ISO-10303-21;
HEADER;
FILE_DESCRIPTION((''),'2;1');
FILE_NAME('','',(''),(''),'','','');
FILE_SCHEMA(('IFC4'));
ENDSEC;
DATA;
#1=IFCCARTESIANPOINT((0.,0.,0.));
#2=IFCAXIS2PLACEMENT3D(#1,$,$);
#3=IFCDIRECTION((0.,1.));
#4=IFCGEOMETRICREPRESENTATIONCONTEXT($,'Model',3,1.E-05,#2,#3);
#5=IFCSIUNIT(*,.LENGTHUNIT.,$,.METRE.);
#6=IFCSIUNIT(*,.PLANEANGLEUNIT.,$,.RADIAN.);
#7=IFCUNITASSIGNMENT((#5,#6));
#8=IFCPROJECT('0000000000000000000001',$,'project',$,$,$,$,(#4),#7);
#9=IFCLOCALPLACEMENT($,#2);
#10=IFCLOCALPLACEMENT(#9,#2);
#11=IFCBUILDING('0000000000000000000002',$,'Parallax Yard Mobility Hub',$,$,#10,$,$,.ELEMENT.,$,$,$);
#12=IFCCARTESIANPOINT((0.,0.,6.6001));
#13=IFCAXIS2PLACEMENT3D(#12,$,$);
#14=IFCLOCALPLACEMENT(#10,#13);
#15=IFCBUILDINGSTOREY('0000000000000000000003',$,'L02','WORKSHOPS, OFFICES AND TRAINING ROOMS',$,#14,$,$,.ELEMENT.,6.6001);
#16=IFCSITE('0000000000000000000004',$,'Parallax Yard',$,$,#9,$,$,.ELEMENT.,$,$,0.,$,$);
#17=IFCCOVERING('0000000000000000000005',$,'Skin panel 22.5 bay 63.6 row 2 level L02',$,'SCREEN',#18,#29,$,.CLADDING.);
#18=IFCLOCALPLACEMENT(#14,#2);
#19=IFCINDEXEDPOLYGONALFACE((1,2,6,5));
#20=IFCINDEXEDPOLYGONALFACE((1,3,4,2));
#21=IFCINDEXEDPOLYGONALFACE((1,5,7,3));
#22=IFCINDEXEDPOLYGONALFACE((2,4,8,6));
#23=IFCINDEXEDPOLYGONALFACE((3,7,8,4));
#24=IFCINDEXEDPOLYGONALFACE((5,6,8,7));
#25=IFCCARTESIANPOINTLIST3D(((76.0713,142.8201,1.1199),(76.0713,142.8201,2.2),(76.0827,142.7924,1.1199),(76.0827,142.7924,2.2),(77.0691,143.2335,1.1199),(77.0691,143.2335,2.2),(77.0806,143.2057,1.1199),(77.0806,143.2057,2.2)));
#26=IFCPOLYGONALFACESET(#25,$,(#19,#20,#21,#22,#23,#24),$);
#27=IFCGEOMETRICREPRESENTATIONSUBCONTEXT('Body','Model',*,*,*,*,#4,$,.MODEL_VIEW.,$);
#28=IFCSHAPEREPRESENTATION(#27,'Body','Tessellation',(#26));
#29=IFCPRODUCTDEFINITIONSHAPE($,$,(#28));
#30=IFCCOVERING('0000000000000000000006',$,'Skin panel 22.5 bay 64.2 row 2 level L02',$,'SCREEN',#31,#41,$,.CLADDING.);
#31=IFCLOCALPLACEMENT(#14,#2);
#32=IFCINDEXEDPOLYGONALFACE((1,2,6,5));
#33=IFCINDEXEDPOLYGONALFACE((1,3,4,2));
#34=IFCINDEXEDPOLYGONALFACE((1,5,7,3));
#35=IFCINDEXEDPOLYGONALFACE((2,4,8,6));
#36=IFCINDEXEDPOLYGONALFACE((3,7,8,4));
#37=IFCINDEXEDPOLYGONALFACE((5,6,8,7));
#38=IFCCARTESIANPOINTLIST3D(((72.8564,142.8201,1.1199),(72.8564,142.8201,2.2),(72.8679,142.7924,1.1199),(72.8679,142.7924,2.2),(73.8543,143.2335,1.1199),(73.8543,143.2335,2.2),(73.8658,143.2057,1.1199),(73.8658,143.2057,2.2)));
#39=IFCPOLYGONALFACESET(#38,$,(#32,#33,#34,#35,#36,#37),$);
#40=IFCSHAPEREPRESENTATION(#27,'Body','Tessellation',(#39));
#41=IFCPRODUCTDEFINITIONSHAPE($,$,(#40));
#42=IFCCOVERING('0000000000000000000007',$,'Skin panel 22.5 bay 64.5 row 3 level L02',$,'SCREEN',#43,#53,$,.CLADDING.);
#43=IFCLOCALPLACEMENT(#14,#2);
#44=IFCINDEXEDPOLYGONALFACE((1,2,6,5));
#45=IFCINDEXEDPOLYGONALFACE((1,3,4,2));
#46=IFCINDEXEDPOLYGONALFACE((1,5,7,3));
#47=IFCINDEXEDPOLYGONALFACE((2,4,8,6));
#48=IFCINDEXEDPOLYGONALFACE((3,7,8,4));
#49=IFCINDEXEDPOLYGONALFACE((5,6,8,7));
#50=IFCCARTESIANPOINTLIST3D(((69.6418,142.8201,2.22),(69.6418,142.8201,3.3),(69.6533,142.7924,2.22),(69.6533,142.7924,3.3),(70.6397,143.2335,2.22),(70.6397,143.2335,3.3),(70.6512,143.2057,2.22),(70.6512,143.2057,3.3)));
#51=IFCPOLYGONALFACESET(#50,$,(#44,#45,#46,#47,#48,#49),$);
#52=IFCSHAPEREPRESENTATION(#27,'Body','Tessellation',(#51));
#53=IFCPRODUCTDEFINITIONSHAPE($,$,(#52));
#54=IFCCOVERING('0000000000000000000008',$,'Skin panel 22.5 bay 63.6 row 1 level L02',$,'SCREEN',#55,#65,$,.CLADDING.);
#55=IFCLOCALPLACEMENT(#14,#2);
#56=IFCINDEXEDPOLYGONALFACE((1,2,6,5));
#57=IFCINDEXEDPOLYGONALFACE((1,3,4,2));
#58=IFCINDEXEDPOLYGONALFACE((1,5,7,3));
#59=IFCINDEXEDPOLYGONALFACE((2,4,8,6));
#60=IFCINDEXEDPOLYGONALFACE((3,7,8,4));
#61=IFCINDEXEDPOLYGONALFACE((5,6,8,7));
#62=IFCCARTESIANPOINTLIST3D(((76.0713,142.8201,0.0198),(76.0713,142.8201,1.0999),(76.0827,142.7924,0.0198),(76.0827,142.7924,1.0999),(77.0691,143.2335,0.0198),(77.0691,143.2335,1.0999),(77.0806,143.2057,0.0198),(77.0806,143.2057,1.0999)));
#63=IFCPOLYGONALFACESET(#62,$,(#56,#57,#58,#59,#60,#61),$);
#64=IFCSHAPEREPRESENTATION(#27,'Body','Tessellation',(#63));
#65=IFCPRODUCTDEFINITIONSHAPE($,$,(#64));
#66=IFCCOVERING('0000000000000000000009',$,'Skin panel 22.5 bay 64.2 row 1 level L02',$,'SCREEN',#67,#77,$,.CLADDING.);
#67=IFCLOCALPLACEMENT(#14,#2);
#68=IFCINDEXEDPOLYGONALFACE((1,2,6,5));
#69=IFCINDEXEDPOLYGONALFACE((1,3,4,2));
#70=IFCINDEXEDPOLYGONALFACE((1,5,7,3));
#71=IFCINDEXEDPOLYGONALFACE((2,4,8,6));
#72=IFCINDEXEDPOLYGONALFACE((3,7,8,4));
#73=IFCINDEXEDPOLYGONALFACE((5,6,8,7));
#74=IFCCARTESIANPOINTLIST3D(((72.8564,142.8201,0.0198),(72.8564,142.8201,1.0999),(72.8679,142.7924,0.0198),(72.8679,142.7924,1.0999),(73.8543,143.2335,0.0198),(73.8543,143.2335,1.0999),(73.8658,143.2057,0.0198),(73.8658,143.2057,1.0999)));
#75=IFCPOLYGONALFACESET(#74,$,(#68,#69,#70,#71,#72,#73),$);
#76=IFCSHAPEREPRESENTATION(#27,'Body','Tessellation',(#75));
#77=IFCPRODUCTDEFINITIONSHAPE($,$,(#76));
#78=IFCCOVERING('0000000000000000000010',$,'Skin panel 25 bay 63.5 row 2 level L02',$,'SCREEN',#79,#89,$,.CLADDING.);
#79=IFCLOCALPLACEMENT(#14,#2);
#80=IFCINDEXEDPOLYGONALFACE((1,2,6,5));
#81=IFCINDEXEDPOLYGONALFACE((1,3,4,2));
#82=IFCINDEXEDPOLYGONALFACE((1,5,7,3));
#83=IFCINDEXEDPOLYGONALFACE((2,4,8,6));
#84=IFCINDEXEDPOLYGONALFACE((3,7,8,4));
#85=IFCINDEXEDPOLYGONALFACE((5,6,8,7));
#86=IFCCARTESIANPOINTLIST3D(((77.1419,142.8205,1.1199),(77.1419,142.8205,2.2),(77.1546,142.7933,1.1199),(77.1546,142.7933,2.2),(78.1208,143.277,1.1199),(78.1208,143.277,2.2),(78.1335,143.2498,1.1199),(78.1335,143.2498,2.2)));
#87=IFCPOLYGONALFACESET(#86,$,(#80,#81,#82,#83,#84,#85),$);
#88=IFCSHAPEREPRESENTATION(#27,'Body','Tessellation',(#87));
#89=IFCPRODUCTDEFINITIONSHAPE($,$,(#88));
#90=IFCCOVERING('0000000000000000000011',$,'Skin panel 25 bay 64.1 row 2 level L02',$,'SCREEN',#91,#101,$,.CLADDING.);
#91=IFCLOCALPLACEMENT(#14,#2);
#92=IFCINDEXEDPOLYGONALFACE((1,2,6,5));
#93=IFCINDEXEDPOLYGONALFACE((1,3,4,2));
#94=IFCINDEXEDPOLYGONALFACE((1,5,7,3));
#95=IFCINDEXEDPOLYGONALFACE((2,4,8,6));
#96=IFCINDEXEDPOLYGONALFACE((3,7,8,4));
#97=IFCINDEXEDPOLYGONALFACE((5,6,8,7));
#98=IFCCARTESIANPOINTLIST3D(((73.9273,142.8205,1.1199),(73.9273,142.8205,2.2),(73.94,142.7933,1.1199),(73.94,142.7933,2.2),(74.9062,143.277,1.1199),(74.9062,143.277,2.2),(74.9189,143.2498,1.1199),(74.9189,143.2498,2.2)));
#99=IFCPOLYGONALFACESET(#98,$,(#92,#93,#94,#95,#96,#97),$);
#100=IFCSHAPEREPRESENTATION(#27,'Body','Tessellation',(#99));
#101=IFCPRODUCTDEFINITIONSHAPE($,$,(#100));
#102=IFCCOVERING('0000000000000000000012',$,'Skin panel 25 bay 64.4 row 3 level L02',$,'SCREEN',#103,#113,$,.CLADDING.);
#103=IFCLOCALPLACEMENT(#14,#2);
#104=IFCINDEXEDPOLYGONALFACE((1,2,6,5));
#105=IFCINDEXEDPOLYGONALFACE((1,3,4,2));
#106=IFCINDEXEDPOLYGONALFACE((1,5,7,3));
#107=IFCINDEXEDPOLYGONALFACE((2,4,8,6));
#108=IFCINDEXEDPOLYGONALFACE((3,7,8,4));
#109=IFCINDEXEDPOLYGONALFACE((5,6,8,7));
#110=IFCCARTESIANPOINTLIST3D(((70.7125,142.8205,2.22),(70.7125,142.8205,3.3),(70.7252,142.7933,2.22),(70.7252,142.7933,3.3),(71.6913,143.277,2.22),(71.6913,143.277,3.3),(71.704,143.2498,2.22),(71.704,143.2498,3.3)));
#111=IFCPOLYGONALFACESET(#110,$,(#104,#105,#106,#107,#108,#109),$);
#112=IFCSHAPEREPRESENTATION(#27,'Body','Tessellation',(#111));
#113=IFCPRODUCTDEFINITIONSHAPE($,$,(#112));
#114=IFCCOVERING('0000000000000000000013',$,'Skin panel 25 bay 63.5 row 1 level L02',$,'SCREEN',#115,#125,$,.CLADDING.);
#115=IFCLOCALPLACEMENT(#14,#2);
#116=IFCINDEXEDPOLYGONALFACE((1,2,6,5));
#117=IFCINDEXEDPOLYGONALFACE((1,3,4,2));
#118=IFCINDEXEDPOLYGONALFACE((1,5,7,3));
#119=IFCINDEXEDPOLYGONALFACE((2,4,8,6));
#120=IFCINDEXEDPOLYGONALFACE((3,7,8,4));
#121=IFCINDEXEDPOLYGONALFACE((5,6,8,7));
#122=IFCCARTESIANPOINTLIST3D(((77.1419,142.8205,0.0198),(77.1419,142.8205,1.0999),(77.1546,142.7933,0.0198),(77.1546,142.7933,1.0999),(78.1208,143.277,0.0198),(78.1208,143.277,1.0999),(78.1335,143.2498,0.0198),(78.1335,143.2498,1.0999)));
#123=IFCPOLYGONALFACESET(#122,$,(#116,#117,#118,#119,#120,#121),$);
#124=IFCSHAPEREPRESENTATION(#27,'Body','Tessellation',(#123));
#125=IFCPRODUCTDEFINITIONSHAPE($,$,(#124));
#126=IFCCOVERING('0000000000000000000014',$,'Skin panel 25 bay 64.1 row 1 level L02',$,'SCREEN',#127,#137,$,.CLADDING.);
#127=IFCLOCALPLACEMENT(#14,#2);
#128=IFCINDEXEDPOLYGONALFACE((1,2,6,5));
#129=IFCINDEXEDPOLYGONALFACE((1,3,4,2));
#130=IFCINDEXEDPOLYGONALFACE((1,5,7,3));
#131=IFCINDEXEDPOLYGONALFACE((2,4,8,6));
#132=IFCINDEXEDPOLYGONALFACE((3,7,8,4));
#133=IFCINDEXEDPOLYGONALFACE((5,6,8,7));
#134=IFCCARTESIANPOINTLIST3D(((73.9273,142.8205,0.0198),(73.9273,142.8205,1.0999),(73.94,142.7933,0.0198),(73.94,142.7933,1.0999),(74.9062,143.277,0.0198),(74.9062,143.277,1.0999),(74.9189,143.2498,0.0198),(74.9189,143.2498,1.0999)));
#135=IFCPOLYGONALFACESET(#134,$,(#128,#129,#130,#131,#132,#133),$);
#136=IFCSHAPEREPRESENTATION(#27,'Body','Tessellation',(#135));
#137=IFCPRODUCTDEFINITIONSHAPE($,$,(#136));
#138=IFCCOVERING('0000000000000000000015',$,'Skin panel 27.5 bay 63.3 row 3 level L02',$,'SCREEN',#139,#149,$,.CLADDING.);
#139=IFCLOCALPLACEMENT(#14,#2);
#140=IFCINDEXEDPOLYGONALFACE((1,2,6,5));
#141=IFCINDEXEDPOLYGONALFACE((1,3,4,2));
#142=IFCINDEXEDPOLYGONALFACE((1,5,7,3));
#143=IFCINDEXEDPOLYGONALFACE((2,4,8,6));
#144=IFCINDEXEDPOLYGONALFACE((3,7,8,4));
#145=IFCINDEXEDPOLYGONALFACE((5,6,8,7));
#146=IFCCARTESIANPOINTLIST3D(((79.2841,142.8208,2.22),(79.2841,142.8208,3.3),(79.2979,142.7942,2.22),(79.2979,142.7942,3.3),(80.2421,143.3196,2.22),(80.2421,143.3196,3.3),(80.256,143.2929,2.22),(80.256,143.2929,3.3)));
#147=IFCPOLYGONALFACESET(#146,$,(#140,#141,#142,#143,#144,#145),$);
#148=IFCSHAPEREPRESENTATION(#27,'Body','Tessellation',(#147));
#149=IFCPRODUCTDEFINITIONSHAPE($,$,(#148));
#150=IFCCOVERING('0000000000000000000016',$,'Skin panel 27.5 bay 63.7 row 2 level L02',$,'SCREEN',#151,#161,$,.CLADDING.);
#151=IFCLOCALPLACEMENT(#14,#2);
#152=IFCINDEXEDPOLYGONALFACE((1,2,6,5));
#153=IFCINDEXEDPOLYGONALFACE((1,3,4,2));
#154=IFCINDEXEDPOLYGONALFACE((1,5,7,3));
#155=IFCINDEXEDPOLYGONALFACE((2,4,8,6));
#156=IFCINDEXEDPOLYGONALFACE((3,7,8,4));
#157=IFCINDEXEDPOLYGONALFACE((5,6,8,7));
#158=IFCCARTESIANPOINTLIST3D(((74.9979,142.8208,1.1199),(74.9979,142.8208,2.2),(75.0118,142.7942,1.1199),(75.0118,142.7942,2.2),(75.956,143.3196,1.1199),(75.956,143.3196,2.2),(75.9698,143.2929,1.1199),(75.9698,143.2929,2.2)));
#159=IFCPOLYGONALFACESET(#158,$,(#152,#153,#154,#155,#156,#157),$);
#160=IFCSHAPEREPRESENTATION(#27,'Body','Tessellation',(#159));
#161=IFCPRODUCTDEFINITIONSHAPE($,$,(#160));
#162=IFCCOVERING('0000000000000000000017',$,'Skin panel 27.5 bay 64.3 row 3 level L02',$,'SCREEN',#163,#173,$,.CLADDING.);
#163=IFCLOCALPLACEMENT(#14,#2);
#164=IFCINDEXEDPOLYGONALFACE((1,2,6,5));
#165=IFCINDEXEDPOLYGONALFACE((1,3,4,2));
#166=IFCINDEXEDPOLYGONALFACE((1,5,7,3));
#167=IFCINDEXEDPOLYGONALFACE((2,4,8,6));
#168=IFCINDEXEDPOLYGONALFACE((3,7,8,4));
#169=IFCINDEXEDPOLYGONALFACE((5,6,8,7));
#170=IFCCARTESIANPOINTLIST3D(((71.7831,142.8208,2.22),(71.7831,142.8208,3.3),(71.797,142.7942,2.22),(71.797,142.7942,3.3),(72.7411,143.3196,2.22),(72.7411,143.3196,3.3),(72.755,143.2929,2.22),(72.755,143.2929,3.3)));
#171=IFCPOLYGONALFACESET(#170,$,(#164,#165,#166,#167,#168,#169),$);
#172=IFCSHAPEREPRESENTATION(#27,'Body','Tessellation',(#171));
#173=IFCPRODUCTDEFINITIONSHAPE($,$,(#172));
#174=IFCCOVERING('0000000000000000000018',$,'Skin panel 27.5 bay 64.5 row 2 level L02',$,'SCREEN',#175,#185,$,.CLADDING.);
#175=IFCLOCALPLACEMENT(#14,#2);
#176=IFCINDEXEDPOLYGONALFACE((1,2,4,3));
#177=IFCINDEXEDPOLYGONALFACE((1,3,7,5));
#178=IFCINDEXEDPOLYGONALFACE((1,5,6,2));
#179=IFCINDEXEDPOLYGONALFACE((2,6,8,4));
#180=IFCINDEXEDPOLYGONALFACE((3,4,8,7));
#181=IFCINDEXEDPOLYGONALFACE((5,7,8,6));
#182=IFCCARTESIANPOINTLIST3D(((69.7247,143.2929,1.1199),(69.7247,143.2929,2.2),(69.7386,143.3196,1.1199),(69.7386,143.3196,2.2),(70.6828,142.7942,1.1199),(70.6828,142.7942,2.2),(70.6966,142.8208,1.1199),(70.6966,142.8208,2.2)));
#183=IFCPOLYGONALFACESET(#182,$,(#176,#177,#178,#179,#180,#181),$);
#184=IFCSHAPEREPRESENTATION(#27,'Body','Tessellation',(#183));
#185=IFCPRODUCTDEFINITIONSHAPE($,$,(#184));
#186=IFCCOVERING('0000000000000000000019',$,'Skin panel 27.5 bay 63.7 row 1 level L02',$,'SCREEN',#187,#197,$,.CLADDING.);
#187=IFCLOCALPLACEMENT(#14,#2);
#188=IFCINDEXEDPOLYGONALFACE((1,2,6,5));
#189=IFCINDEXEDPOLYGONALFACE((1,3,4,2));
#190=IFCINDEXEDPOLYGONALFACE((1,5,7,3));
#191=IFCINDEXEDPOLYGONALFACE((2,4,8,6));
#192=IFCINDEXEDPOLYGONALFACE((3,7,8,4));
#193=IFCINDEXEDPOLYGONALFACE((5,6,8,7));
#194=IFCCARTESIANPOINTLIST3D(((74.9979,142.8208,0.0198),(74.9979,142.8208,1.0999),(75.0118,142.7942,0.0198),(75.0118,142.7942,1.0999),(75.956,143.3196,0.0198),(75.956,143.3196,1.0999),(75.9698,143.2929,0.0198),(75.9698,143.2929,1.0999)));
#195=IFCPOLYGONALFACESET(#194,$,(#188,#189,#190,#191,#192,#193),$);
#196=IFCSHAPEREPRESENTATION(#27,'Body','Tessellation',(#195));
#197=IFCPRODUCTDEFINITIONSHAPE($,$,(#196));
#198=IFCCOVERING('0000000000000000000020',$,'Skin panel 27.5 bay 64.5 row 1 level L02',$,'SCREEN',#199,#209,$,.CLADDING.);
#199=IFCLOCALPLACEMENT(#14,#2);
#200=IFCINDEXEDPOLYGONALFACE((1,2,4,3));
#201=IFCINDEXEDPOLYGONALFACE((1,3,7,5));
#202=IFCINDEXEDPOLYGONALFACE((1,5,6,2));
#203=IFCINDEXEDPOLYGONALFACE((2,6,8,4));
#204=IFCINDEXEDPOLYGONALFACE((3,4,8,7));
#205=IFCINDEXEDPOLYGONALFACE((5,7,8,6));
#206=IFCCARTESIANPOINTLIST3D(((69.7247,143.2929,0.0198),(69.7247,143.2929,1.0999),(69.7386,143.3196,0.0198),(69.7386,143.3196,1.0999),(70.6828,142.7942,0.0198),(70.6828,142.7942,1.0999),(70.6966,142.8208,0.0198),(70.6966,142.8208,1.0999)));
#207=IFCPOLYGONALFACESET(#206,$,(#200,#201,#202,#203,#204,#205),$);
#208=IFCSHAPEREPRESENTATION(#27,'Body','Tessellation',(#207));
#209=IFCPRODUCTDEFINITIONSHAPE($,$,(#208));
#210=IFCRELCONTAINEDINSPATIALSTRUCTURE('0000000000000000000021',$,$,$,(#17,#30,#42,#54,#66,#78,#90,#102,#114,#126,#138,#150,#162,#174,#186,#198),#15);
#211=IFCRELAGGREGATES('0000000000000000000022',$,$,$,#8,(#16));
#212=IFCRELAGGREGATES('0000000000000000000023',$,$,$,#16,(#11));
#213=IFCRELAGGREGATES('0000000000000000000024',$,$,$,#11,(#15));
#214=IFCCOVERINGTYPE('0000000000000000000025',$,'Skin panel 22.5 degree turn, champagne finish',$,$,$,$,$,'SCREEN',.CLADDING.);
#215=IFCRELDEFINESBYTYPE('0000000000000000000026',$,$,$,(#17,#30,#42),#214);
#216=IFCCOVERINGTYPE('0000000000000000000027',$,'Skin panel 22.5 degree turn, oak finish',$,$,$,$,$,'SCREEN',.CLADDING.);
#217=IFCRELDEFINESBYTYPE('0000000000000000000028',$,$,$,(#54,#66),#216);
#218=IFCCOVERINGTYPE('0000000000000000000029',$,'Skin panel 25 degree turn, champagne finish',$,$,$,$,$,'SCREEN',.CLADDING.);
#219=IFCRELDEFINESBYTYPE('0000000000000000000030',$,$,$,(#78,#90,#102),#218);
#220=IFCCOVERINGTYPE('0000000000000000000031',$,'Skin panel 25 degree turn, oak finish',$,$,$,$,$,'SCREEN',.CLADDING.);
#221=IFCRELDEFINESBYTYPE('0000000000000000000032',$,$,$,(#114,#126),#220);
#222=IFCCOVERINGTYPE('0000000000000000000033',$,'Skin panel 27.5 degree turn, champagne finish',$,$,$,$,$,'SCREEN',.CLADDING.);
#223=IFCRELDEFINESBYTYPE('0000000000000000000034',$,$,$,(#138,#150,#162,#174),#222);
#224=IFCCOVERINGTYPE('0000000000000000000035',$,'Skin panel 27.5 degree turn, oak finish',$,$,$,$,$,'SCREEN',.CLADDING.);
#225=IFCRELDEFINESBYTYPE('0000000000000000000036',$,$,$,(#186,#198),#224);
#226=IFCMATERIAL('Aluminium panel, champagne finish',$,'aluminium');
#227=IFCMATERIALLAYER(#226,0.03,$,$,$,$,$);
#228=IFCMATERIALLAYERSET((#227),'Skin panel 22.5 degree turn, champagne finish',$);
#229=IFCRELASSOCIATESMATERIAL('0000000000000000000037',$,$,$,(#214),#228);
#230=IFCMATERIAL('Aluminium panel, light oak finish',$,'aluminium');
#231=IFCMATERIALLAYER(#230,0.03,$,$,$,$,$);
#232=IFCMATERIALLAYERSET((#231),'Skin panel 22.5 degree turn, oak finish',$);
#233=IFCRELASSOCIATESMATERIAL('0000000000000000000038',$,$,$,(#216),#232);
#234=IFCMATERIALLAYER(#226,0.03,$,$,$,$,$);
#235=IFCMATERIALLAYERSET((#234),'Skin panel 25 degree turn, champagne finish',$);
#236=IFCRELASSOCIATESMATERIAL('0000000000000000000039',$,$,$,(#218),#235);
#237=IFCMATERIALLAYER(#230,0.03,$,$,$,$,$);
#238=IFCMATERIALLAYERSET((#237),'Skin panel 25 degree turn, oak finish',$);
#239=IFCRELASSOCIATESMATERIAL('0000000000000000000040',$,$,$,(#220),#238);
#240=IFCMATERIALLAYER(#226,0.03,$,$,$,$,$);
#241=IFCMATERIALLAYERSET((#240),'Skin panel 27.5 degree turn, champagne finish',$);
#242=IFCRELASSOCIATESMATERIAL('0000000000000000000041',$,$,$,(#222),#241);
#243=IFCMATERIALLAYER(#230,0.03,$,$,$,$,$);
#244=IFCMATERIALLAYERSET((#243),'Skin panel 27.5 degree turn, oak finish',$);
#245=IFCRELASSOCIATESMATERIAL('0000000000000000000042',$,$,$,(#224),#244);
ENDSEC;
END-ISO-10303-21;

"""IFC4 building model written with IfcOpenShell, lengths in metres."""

from ifc_helpers import new_model, si_unit, direction, frame, origin, origin_2d, place, context, subcontext, project, spatial, rectangle, extrude, material, layer, layer_set, type_object, element, save


model = new_model("IFC4")

# Units and contexts
model_context = context("Model", 3, precision=1e-05, world=origin(), true_north=direction((0.0, 1.0)))
body_context = subcontext(model_context, "Body", "Model", "MODEL_VIEW")
ifc_project = project(units=[si_unit("LENGTHUNIT", "METRE"), si_unit("PLANEANGLEUNIT", "RADIAN")], contexts=[model_context])

# Site, building, storey
site_placement = place(None, origin())
site = spatial("IfcSite", under=ifc_project, at=site_placement, Name="Parallax Yard", CompositionType="ELEMENT", RefElevation=0.0)
building_placement = place(site_placement, origin())
building = spatial("IfcBuilding", under=site, at=building_placement, Name="Parallax Yard Mobility Hub", CompositionType="ELEMENT")
storey_placement = place(building_placement, frame((0.0, 0.0, 6.6001)))
storey = spatial("IfcBuildingStorey", under=building, at=storey_placement, Name="L02", Description="WORKSHOPS, OFFICES AND TRAINING ROOMS", CompositionType="ELEMENT", Elevation=6.6001)

# Coverings
ifc_material_1 = material(Name="Aluminium panel, champagne finish", Category="aluminium")
ifc_layer_1 = layer(ifc_material_1, 0.03)
ifc_layer_set_1 = layer_set([ifc_layer_1], Name="Skin panel 22.5 degree turn, champagne finish")
covering_type_1 = type_object("IfcCoveringType", Name="Skin panel 22.5 degree turn, champagne finish", ElementType="SCREEN", PredefinedType="CLADDING", material=ifc_layer_set_1)
for number, where, z_axis, x_axis, name in (
    (1, (76.5759, 143.0129, 1.1199), (0.0, 0.0, 1.0), (0.92388, 0.382683, 0.0), "Skin panel 22.5 bay 63.6 row 2 level L02"),
    (2, (73.3611, 143.0129, 1.1199), (0.0, 0.0, 1.0), (0.92388, 0.382683, 0.0), "Skin panel 22.5 bay 64.2 row 2 level L02"),
    (3, (70.1465, 143.0129, 2.22), (0.0, 0.0, 1.0), (0.92388, 0.382683, 0.0), "Skin panel 22.5 bay 64.5 row 3 level L02"),
):
    element("IfcCovering", number, at=place(storey_placement, frame(where, z_axis=z_axis, x_axis=x_axis)), inside=storey, type_object=covering_type_1, Name=name, ObjectType="SCREEN", PredefinedType="CLADDING", context=body_context, shape_type="SweptSolid", body=[
        extrude(rectangle(XDim=1.0801, YDim=0.03, at=origin_2d()), origin(), (0.0, 0.0, 1.0), 1.0801),
    ])
ifc_material_2 = material(Name="Aluminium panel, light oak finish", Category="aluminium")
ifc_layer_2 = layer(ifc_material_2, 0.03)
ifc_layer_set_2 = layer_set([ifc_layer_2], Name="Skin panel 22.5 degree turn, oak finish")
covering_type_2 = type_object("IfcCoveringType", Name="Skin panel 22.5 degree turn, oak finish", ElementType="SCREEN", PredefinedType="CLADDING", material=ifc_layer_set_2)
for number, where, z_axis, x_axis, name in (
    (4, (76.5759, 143.0129, 0.0198), (0.0, 0.0, 1.0), (0.92388, 0.382683, 0.0), "Skin panel 22.5 bay 63.6 row 1 level L02"),
    (5, (73.3611, 143.0129, 0.0198), (0.0, 0.0, 1.0), (0.92388, 0.382683, 0.0), "Skin panel 22.5 bay 64.2 row 1 level L02"),
):
    element("IfcCovering", number, at=place(storey_placement, frame(where, z_axis=z_axis, x_axis=x_axis)), inside=storey, type_object=covering_type_2, Name=name, ObjectType="SCREEN", PredefinedType="CLADDING", context=body_context, shape_type="SweptSolid", body=[
        extrude(rectangle(XDim=1.0801, YDim=0.03, at=origin_2d()), origin(), (0.0, 0.0, 1.0), 1.0801),
    ])
ifc_layer_3 = layer(ifc_material_1, 0.03)
ifc_layer_set_3 = layer_set([ifc_layer_3], Name="Skin panel 25 degree turn, champagne finish")
covering_type_3 = type_object("IfcCoveringType", Name="Skin panel 25 degree turn, champagne finish", ElementType="SCREEN", PredefinedType="CLADDING", material=ifc_layer_set_3)
for number, where, z_axis, x_axis, name in (
    (6, (77.6377, 143.0352, 1.1199), (0.0, 0.0, 1.0), (0.906308, 0.422618, 0.0), "Skin panel 25 bay 63.5 row 2 level L02"),
    (7, (74.4231, 143.0352, 1.1199), (0.0, 0.0, 1.0), (0.906308, 0.422618, 0.0), "Skin panel 25 bay 64.1 row 2 level L02"),
    (8, (71.2083, 143.0352, 2.22), (0.0, 0.0, 1.0), (0.906308, 0.422618, 0.0), "Skin panel 25 bay 64.4 row 3 level L02"),
):
    element("IfcCovering", number, at=place(storey_placement, frame(where, z_axis=z_axis, x_axis=x_axis)), inside=storey, type_object=covering_type_3, Name=name, ObjectType="SCREEN", PredefinedType="CLADDING", context=body_context, shape_type="SweptSolid", body=[
        extrude(rectangle(XDim=1.0801, YDim=0.03, at=origin_2d()), origin(), (0.0, 0.0, 1.0), 1.0801),
    ])
ifc_layer_4 = layer(ifc_material_2, 0.03)
ifc_layer_set_4 = layer_set([ifc_layer_4], Name="Skin panel 25 degree turn, oak finish")
covering_type_4 = type_object("IfcCoveringType", Name="Skin panel 25 degree turn, oak finish", ElementType="SCREEN", PredefinedType="CLADDING", material=ifc_layer_set_4)
for number, where, z_axis, x_axis, name in (
    (9, (77.6377, 143.0352, 0.0198), (0.0, 0.0, 1.0), (0.906308, 0.422618, 0.0), "Skin panel 25 bay 63.5 row 1 level L02"),
    (10, (74.4231, 143.0352, 0.0198), (0.0, 0.0, 1.0), (0.906308, 0.422618, 0.0), "Skin panel 25 bay 64.1 row 1 level L02"),
):
    element("IfcCovering", number, at=place(storey_placement, frame(where, z_axis=z_axis, x_axis=x_axis)), inside=storey, type_object=covering_type_4, Name=name, ObjectType="SCREEN", PredefinedType="CLADDING", context=body_context, shape_type="SweptSolid", body=[
        extrude(rectangle(XDim=1.0801, YDim=0.03, at=origin_2d()), origin(), (0.0, 0.0, 1.0), 1.0801),
    ])
ifc_layer_5 = layer(ifc_material_1, 0.03)
ifc_layer_set_5 = layer_set([ifc_layer_5], Name="Skin panel 27.5 degree turn, champagne finish")
covering_type_5 = type_object("IfcCoveringType", Name="Skin panel 27.5 degree turn, champagne finish", ElementType="SCREEN", PredefinedType="CLADDING", material=ifc_layer_set_5)
for number, where, z_axis, x_axis, name in (
    (11, (79.77, 143.0569, 2.22), (0.0, 0.0, 1.0), (0.887011, 0.461749, 0.0), "Skin panel 27.5 bay 63.3 row 3 level L02"),
    (12, (75.4839, 143.0569, 1.1199), (0.0, 0.0, 1.0), (0.887011, 0.461749, 0.0), "Skin panel 27.5 bay 63.7 row 2 level L02"),
    (13, (72.269, 143.0569, 2.22), (0.0, 0.0, 1.0), (0.887011, 0.461749, 0.0), "Skin panel 27.5 bay 64.3 row 3 level L02"),
    (14, (70.2107, 143.0569, 1.1199), (0.0, 0.0, 1.0), (-0.887011, 0.461749, 0.0), "Skin panel 27.5 bay 64.5 row 2 level L02"),
):
    element("IfcCovering", number, at=place(storey_placement, frame(where, z_axis=z_axis, x_axis=x_axis)), inside=storey, type_object=covering_type_5, Name=name, ObjectType="SCREEN", PredefinedType="CLADDING", context=body_context, shape_type="SweptSolid", body=[
        extrude(rectangle(XDim=1.0801, YDim=0.03, at=origin_2d()), origin(), (0.0, 0.0, 1.0), 1.0801),
    ])
ifc_layer_6 = layer(ifc_material_2, 0.03)
ifc_layer_set_6 = layer_set([ifc_layer_6], Name="Skin panel 27.5 degree turn, oak finish")
covering_type_6 = type_object("IfcCoveringType", Name="Skin panel 27.5 degree turn, oak finish", ElementType="SCREEN", PredefinedType="CLADDING", material=ifc_layer_set_6)
for number, where, z_axis, x_axis, name in (
    (15, (75.4839, 143.0569, 0.0198), (0.0, 0.0, 1.0), (0.887011, 0.461749, 0.0), "Skin panel 27.5 bay 63.7 row 1 level L02"),
    (16, (70.2107, 143.0569, 0.0198), (0.0, 0.0, 1.0), (-0.887011, 0.461749, 0.0), "Skin panel 27.5 bay 64.5 row 1 level L02"),
):
    element("IfcCovering", number, at=place(storey_placement, frame(where, z_axis=z_axis, x_axis=x_axis)), inside=storey, type_object=covering_type_6, Name=name, ObjectType="SCREEN", PredefinedType="CLADDING", context=body_context, shape_type="SweptSolid", body=[
        extrude(rectangle(XDim=1.0801, YDim=0.03, at=origin_2d()), origin(), (0.0, 0.0, 1.0), 1.0801),
    ])

save(model, "model.ifc")
